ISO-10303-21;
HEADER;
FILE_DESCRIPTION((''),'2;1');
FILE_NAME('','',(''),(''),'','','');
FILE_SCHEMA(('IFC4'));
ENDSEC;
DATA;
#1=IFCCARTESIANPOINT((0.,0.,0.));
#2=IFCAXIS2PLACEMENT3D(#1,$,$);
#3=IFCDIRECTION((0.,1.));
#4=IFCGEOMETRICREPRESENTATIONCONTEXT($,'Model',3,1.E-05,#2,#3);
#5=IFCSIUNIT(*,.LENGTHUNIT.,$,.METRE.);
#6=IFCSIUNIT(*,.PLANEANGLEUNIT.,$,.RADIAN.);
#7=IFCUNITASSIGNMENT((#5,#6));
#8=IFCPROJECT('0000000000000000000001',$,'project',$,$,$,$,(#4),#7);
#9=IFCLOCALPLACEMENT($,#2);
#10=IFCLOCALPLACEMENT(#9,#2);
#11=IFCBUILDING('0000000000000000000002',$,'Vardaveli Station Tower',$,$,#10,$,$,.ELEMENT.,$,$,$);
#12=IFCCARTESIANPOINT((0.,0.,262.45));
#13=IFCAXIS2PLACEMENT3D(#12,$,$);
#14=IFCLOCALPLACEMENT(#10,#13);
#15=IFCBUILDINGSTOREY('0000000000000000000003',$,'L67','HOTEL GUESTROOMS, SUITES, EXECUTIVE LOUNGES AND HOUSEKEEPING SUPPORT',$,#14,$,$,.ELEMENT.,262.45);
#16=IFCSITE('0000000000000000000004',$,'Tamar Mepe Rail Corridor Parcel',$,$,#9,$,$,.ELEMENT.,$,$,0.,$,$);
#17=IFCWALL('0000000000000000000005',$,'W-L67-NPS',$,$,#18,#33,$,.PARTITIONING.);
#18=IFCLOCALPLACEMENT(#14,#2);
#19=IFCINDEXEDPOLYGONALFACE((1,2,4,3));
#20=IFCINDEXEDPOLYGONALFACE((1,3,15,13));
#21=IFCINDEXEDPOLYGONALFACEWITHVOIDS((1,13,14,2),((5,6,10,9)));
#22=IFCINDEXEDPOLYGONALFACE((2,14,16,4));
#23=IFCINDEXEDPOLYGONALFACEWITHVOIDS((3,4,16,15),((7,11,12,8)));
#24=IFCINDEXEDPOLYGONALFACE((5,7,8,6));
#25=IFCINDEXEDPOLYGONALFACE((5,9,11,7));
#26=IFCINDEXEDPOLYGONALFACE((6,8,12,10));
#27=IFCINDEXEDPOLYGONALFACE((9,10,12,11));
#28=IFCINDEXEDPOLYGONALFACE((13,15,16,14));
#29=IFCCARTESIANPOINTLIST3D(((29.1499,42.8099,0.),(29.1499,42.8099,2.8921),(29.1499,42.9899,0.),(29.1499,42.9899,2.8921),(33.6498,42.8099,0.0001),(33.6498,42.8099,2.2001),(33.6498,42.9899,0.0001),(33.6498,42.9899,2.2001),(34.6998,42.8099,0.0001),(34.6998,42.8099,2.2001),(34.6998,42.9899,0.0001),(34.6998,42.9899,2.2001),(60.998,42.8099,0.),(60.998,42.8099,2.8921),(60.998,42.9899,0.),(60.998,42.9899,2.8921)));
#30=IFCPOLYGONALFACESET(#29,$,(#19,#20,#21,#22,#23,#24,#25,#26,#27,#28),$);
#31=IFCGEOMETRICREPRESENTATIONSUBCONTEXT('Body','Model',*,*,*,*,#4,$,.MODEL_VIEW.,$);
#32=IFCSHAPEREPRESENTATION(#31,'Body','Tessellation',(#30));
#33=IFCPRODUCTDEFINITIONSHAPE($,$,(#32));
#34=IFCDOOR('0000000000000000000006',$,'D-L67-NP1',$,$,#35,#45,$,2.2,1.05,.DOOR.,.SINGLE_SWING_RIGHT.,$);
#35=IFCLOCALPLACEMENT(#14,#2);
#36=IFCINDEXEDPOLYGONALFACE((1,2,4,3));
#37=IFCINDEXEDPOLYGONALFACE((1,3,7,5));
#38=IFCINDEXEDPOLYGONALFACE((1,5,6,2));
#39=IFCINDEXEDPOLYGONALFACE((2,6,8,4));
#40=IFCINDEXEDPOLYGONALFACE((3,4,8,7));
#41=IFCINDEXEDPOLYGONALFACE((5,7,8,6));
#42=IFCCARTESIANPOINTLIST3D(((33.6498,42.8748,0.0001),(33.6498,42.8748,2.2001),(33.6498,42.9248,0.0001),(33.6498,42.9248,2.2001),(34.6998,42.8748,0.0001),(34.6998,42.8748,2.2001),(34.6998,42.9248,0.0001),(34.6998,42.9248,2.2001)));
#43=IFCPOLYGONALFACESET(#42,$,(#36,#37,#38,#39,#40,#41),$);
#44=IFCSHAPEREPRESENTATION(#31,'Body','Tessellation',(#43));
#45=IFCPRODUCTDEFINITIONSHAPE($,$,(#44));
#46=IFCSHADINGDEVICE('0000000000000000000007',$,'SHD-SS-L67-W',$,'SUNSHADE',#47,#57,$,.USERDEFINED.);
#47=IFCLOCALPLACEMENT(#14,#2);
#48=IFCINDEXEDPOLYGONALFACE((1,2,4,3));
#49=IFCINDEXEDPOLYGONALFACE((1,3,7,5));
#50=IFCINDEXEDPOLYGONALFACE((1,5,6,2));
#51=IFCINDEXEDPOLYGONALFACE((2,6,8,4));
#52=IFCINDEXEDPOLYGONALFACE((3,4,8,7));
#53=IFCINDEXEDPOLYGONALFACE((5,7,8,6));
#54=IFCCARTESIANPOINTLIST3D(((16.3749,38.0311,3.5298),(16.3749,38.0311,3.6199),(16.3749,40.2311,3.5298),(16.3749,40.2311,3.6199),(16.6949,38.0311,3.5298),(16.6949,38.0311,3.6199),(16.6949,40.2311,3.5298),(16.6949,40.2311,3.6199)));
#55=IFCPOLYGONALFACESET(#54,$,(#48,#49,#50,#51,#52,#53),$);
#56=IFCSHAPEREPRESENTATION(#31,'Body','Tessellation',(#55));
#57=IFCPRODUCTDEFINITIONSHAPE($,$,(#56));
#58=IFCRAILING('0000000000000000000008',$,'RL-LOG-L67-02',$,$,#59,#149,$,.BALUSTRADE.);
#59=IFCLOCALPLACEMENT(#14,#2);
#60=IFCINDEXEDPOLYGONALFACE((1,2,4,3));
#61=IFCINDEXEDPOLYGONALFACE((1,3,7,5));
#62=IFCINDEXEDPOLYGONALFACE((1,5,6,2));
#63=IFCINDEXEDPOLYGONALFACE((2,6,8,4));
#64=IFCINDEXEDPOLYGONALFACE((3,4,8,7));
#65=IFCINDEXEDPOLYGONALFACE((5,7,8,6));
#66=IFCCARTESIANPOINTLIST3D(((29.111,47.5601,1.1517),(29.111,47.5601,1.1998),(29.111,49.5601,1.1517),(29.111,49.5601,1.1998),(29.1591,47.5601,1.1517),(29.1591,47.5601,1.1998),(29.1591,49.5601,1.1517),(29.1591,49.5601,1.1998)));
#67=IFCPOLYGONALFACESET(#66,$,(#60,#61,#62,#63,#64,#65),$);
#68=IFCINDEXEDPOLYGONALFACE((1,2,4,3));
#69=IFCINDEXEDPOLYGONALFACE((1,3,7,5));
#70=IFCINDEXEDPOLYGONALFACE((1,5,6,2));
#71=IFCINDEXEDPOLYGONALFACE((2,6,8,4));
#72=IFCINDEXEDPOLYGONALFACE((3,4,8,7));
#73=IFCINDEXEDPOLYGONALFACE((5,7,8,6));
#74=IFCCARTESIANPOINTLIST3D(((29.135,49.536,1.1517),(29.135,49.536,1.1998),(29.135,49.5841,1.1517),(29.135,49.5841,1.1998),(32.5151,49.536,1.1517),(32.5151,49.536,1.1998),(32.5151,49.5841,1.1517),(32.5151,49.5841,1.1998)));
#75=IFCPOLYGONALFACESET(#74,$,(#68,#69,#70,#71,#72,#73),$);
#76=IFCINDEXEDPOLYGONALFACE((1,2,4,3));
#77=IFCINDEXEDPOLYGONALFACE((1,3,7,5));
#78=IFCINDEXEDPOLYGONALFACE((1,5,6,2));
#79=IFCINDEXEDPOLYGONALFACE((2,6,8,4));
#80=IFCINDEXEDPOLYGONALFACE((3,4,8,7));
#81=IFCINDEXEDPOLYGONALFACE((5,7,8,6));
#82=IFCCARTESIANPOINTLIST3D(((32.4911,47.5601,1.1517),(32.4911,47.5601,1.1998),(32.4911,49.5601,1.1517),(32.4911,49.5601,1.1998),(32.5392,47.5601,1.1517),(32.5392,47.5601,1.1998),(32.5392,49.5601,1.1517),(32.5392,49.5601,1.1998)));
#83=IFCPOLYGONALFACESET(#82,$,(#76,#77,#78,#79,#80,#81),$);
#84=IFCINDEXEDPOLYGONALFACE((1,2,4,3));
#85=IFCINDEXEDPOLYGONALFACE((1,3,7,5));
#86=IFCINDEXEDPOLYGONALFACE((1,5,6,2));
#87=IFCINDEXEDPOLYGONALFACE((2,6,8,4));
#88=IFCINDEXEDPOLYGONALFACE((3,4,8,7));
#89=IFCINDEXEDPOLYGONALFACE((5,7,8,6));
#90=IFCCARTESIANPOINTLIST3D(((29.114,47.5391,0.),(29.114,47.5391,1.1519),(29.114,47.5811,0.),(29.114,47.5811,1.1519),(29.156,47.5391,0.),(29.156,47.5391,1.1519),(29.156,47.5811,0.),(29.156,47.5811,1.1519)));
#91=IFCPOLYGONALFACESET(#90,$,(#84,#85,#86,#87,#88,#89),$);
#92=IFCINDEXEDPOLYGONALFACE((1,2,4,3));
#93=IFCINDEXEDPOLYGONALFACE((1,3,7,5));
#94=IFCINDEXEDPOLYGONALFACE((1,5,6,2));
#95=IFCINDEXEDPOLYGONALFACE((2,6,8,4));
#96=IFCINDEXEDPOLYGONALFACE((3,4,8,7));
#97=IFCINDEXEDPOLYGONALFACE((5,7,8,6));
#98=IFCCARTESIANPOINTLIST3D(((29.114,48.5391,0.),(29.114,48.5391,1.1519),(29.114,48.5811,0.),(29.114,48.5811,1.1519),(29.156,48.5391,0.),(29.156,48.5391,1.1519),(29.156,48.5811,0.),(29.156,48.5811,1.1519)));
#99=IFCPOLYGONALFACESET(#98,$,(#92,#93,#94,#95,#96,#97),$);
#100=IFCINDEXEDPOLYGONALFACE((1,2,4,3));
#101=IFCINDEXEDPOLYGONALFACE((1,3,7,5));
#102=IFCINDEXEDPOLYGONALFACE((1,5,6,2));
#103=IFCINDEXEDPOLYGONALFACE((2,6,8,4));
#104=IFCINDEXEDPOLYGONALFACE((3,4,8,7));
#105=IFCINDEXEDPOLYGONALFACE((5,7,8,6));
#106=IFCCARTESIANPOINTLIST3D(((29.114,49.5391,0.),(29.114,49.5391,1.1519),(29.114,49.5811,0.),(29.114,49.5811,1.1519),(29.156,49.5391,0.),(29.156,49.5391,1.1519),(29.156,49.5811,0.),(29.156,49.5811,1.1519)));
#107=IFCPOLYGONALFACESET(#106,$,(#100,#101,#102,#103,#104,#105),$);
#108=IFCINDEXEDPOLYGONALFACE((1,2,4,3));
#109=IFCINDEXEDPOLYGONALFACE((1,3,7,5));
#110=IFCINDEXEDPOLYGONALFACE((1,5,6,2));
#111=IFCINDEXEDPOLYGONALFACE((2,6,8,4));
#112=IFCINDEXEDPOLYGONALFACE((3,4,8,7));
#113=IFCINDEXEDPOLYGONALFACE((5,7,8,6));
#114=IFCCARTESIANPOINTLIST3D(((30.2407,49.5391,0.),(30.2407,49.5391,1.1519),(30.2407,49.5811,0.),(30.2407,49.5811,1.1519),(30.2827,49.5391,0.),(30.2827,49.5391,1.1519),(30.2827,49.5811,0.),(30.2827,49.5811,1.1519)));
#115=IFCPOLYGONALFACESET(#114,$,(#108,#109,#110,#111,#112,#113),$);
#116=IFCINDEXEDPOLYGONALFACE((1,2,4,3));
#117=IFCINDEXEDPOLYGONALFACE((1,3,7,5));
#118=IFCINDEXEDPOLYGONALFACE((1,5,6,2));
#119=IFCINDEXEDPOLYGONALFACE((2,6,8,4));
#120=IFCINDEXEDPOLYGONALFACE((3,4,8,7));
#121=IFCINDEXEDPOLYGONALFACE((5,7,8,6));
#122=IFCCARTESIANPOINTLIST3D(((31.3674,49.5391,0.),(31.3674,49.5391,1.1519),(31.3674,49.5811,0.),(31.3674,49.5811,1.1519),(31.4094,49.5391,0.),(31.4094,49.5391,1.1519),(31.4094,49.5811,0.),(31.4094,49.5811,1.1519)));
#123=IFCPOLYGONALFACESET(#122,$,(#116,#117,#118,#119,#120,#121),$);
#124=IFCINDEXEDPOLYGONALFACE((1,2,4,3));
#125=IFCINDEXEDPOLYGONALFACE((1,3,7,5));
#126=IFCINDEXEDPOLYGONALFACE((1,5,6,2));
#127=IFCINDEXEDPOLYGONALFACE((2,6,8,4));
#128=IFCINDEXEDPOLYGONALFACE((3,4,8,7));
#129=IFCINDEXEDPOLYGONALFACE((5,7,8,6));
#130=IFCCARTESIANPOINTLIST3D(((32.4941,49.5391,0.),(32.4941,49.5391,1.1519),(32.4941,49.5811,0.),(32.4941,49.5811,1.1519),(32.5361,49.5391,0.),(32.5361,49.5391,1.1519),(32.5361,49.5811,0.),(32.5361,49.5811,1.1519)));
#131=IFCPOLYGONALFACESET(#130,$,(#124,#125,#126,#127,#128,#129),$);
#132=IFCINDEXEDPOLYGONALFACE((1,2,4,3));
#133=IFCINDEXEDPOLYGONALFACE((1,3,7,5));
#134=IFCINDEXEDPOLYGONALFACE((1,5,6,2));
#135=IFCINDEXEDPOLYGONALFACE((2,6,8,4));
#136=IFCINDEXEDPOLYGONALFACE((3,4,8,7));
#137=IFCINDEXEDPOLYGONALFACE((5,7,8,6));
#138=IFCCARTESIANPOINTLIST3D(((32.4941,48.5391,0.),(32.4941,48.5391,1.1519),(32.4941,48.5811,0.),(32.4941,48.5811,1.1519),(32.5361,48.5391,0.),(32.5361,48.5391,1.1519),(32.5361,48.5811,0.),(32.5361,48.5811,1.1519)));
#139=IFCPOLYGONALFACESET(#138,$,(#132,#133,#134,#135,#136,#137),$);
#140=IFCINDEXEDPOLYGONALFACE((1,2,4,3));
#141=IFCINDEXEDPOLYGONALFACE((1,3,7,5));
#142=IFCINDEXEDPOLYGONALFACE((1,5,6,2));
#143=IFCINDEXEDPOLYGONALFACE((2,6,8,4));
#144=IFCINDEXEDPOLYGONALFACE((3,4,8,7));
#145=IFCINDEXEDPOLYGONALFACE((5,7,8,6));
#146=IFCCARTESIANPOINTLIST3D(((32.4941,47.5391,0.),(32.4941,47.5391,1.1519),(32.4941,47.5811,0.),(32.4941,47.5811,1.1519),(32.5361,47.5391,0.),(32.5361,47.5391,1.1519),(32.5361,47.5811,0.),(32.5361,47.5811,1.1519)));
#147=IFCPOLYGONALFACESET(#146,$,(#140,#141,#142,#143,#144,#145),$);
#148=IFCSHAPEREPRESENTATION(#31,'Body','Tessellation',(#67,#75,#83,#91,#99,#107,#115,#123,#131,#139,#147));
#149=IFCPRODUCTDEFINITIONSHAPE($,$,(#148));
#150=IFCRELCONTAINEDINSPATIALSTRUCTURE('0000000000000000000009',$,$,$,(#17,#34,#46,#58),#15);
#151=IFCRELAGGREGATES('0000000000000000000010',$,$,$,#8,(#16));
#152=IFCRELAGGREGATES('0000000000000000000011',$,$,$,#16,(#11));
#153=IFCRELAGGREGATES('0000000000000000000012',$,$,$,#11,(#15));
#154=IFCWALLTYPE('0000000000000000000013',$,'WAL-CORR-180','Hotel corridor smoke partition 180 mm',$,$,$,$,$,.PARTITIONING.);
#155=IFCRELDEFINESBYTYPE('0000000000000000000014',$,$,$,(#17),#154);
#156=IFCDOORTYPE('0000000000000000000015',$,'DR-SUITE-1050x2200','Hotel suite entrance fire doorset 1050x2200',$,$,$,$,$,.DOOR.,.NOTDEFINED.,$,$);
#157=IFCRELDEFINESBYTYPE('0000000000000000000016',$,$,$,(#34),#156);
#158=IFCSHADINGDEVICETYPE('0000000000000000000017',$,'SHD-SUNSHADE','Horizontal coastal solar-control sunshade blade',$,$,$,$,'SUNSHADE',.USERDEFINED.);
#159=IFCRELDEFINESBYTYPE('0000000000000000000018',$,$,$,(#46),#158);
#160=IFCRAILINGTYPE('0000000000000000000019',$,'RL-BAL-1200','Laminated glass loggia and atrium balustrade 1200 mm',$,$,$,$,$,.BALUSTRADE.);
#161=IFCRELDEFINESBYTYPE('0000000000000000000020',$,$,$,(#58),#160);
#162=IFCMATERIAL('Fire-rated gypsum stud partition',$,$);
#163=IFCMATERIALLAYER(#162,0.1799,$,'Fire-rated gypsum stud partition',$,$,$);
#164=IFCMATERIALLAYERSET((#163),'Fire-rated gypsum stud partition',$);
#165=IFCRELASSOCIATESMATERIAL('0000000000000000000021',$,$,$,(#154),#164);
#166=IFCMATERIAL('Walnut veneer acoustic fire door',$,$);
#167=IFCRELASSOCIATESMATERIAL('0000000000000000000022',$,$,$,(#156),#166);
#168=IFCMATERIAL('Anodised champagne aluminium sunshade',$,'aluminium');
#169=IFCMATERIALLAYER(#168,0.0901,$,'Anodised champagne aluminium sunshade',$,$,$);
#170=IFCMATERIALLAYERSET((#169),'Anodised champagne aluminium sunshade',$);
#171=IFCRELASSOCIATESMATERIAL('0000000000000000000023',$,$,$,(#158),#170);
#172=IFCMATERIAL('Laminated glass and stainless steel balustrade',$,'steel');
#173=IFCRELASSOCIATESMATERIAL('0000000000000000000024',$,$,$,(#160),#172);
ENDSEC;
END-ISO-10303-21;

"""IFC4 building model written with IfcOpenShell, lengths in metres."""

from ifc_helpers import new_model, si_unit, direction, frame, frame_2d, origin, origin_2d, place, context, subcontext, project, spatial, rectangle, extrude, source, transform, mapped, material, layer, layer_set, type_object, element, fill, save


model = new_model("IFC4")

# Units and contexts
model_context = context("Model", 3, precision=1e-05, world=origin(), true_north=direction((0.0, 1.0)))
body_context = subcontext(model_context, "Body", "Model", "MODEL_VIEW")
ifc_project = project(units=[si_unit("LENGTHUNIT", "METRE"), si_unit("PLANEANGLEUNIT", "RADIAN")], contexts=[model_context])

# Site, building, storey
site_placement = place(None, origin())
site = spatial("IfcSite", under=ifc_project, at=site_placement, Name="Tamar Mepe Rail Corridor Parcel", CompositionType="ELEMENT", RefElevation=0.0)
building_placement = place(site_placement, origin())
building = spatial("IfcBuilding", under=site, at=building_placement, Name="Vardaveli Station Tower", CompositionType="ELEMENT")
storey_placement = place(building_placement, frame((0.0, 0.0, 262.45)))
storey = spatial("IfcBuildingStorey", under=building, at=storey_placement, Name="L67", Description="HOTEL GUESTROOMS, SUITES, EXECUTIVE LOUNGES AND HOUSEKEEPING SUPPORT", CompositionType="ELEMENT", Elevation=262.45)

# Wall, opening, door
ifc_material_1 = material(Name="Fire-rated gypsum stud partition")
ifc_layer_1 = layer(ifc_material_1, 0.1799, Name="Fire-rated gypsum stud partition")
ifc_layer_set_1 = layer_set([ifc_layer_1], Name="Fire-rated gypsum stud partition")
wall_type_1 = type_object("IfcWallType", Name="WAL-CORR-180", Description="Hotel corridor smoke partition 180 mm", PredefinedType="PARTITIONING", material=ifc_layer_set_1)
shared_shape_1 = source(origin(), body_context, "Body", "SweptSolid", [
    extrude(rectangle(XDim=31.8481, YDim=0.1799, at=frame_2d((15.9241, 0.0))), origin(), (0.0, 0.0, 1.0), 2.8921),
])
wall_1_placement = place(storey_placement, frame((29.1499, 42.8999, 0.0), z_axis=(0.0, 0.0, 1.0), x_axis=(1.0, 0.0, 0.0)))
wall_1 = element("IfcWall", 1, at=wall_1_placement, inside=storey, type_object=wall_type_1, Name="W-L67-NPS", PredefinedType="PARTITIONING", context=body_context, shape_type="MappedRepresentation", body=[
    mapped(shared_shape_1, transform((0.0, 0.0, 0.0), scale=1.0)),
])
shared_shape_2 = source(origin(), body_context, "Body", "SweptSolid", [
    extrude(rectangle(XDim=1.05, YDim=2.2, at=frame_2d((0.5249, 1.1001))), frame((0.0, 0.1001, 0.0), z_axis=(0.0, -1.0, 0.0), x_axis=(1.0, 0.0, 0.0)), (0.0, 0.0, 1.0), 0.2),
])
opening_1_placement = place(wall_1_placement, frame((4.5, 0.0, 0.0)))
opening_1 = element("IfcOpeningElement", 2, at=opening_1_placement, cuts=wall_1, PredefinedType="OPENING", context=body_context, shape_type="MappedRepresentation", body=[
    mapped(shared_shape_2, transform((0.0, 0.0, 0.0), scale=1.0)),
])
ifc_material_2 = material(Name="Walnut veneer acoustic fire door")
door_type = type_object("IfcDoorType", Name="DR-SUITE-1050x2200", Description="Hotel suite entrance fire doorset 1050x2200", OperationType="NOTDEFINED", PredefinedType="DOOR", material=ifc_material_2)
shared_shape_3 = source(origin(), body_context, "Body", "SweptSolid", [
    extrude(rectangle(XDim=1.05, YDim=2.2, at=frame_2d((0.5249, 1.1001))), frame((0.0, 0.0249, 0.0), z_axis=(0.0, -1.0, 0.0), x_axis=(1.0, 0.0, 0.0)), (0.0, 0.0, 1.0), 0.05),
])
door_placement = place(opening_1_placement, origin())
door = element("IfcDoor", 3, at=door_placement, inside=storey, type_object=door_type, Name="D-L67-NP1", OperationType="SINGLE_SWING_RIGHT", OverallHeight=2.2, OverallWidth=1.05, PredefinedType="DOOR", context=body_context, shape_type="MappedRepresentation", body=[
    mapped(shared_shape_3, transform((0.0, 0.0, 0.0), scale=1.0)),
])
fill(opening_1, door)

# Shading device
ifc_material_3 = material(Name="Anodised champagne aluminium sunshade", Category="aluminium")
ifc_layer_2 = layer(ifc_material_3, 0.0901, Name="Anodised champagne aluminium sunshade")
ifc_layer_set_2 = layer_set([ifc_layer_2], Name="Anodised champagne aluminium sunshade")
shading_device_type = type_object("IfcShadingDeviceType", Name="SHD-SUNSHADE", Description="Horizontal coastal solar-control sunshade blade", ElementType="SUNSHADE", PredefinedType="USERDEFINED", material=ifc_layer_set_2)
shared_shape_4 = source(origin(), body_context, "Body", "SweptSolid", [
    extrude(rectangle(XDim=2.2, YDim=0.3201, at=origin_2d()), origin(), (0.0, 0.0, 1.0), 0.0901),
])
shading_device_placement = place(storey_placement, frame((16.5349, 39.1311, 3.5298), z_axis=(0.0, 0.0, 1.0), x_axis=(0.0, 1.0, 0.0)))
element("IfcShadingDevice", 4, at=shading_device_placement, inside=storey, type_object=shading_device_type, Name="SHD-SS-L67-W", ObjectType="SUNSHADE", PredefinedType="USERDEFINED", context=body_context, shape_type="MappedRepresentation", body=[
    mapped(shared_shape_4, transform((0.0, 0.0, 0.0), scale=1.0)),
])

# Railing
ifc_material_4 = material(Name="Laminated glass and stainless steel balustrade", Category="steel")
railing_type = type_object("IfcRailingType", Name="RL-BAL-1200", Description="Laminated glass loggia and atrium balustrade 1200 mm", PredefinedType="BALUSTRADE", material=ifc_material_4)
shared_shape_5 = source(origin(), body_context, "Body", "SweptSolid", [
    extrude(rectangle(XDim=0.0481, YDim=0.0481, at=origin_2d()), frame((0.0, 0.0, 1.1758), z_axis=(0.0, 1.0, 0.0), x_axis=(-1.0, 0.0, 0.0)), (0.0, 0.0, 1.0), 2.0),
    extrude(rectangle(XDim=0.0481, YDim=0.0481, at=origin_2d()), frame((0.0, 2.0, 1.1758), z_axis=(1.0, 0.0, 0.0), x_axis=(0.0, 1.0, 0.0)), (0.0, 0.0, 1.0), 3.3801),
    extrude(rectangle(XDim=0.0481, YDim=0.0481, at=origin_2d()), frame((3.3801, 2.0, 1.1758), z_axis=(0.0, -1.0, 0.0), x_axis=(1.0, 0.0, 0.0)), (0.0, 0.0, 1.0), 2.0),
    extrude(rectangle(XDim=0.042, YDim=0.042, at=origin_2d()), origin(), (0.0, 0.0, 1.0), 1.1519),
    extrude(rectangle(XDim=0.042, YDim=0.042, at=origin_2d()), frame((0.0, 1.0, 0.0)), (0.0, 0.0, 1.0), 1.1519),
    extrude(rectangle(XDim=0.042, YDim=0.042, at=origin_2d()), frame((0.0, 2.0, 0.0)), (0.0, 0.0, 1.0), 1.1519),
    extrude(rectangle(XDim=0.042, YDim=0.042, at=origin_2d()), frame((1.1267, 2.0, 0.0)), (0.0, 0.0, 1.0), 1.1519),
    extrude(rectangle(XDim=0.042, YDim=0.042, at=origin_2d()), frame((2.2534, 2.0, 0.0)), (0.0, 0.0, 1.0), 1.1519),
    extrude(rectangle(XDim=0.042, YDim=0.042, at=origin_2d()), frame((3.3801, 2.0, 0.0)), (0.0, 0.0, 1.0), 1.1519),
    extrude(rectangle(XDim=0.042, YDim=0.042, at=origin_2d()), frame((3.3801, 1.0, 0.0)), (0.0, 0.0, 1.0), 1.1519),
    extrude(rectangle(XDim=0.042, YDim=0.042, at=origin_2d()), frame((3.3801, 0.0, 0.0)), (0.0, 0.0, 1.0), 1.1519),
])
railing_placement = place(storey_placement, frame((29.135, 47.5601, 0.0)))
element("IfcRailing", 5, at=railing_placement, inside=storey, type_object=railing_type, Name="RL-LOG-L67-02", PredefinedType="BALUSTRADE", context=body_context, shape_type="MappedRepresentation", body=[
    mapped(shared_shape_5, transform((0.0, 0.0, 0.0), scale=1.0)),
])

save(model, "model.ifc")
